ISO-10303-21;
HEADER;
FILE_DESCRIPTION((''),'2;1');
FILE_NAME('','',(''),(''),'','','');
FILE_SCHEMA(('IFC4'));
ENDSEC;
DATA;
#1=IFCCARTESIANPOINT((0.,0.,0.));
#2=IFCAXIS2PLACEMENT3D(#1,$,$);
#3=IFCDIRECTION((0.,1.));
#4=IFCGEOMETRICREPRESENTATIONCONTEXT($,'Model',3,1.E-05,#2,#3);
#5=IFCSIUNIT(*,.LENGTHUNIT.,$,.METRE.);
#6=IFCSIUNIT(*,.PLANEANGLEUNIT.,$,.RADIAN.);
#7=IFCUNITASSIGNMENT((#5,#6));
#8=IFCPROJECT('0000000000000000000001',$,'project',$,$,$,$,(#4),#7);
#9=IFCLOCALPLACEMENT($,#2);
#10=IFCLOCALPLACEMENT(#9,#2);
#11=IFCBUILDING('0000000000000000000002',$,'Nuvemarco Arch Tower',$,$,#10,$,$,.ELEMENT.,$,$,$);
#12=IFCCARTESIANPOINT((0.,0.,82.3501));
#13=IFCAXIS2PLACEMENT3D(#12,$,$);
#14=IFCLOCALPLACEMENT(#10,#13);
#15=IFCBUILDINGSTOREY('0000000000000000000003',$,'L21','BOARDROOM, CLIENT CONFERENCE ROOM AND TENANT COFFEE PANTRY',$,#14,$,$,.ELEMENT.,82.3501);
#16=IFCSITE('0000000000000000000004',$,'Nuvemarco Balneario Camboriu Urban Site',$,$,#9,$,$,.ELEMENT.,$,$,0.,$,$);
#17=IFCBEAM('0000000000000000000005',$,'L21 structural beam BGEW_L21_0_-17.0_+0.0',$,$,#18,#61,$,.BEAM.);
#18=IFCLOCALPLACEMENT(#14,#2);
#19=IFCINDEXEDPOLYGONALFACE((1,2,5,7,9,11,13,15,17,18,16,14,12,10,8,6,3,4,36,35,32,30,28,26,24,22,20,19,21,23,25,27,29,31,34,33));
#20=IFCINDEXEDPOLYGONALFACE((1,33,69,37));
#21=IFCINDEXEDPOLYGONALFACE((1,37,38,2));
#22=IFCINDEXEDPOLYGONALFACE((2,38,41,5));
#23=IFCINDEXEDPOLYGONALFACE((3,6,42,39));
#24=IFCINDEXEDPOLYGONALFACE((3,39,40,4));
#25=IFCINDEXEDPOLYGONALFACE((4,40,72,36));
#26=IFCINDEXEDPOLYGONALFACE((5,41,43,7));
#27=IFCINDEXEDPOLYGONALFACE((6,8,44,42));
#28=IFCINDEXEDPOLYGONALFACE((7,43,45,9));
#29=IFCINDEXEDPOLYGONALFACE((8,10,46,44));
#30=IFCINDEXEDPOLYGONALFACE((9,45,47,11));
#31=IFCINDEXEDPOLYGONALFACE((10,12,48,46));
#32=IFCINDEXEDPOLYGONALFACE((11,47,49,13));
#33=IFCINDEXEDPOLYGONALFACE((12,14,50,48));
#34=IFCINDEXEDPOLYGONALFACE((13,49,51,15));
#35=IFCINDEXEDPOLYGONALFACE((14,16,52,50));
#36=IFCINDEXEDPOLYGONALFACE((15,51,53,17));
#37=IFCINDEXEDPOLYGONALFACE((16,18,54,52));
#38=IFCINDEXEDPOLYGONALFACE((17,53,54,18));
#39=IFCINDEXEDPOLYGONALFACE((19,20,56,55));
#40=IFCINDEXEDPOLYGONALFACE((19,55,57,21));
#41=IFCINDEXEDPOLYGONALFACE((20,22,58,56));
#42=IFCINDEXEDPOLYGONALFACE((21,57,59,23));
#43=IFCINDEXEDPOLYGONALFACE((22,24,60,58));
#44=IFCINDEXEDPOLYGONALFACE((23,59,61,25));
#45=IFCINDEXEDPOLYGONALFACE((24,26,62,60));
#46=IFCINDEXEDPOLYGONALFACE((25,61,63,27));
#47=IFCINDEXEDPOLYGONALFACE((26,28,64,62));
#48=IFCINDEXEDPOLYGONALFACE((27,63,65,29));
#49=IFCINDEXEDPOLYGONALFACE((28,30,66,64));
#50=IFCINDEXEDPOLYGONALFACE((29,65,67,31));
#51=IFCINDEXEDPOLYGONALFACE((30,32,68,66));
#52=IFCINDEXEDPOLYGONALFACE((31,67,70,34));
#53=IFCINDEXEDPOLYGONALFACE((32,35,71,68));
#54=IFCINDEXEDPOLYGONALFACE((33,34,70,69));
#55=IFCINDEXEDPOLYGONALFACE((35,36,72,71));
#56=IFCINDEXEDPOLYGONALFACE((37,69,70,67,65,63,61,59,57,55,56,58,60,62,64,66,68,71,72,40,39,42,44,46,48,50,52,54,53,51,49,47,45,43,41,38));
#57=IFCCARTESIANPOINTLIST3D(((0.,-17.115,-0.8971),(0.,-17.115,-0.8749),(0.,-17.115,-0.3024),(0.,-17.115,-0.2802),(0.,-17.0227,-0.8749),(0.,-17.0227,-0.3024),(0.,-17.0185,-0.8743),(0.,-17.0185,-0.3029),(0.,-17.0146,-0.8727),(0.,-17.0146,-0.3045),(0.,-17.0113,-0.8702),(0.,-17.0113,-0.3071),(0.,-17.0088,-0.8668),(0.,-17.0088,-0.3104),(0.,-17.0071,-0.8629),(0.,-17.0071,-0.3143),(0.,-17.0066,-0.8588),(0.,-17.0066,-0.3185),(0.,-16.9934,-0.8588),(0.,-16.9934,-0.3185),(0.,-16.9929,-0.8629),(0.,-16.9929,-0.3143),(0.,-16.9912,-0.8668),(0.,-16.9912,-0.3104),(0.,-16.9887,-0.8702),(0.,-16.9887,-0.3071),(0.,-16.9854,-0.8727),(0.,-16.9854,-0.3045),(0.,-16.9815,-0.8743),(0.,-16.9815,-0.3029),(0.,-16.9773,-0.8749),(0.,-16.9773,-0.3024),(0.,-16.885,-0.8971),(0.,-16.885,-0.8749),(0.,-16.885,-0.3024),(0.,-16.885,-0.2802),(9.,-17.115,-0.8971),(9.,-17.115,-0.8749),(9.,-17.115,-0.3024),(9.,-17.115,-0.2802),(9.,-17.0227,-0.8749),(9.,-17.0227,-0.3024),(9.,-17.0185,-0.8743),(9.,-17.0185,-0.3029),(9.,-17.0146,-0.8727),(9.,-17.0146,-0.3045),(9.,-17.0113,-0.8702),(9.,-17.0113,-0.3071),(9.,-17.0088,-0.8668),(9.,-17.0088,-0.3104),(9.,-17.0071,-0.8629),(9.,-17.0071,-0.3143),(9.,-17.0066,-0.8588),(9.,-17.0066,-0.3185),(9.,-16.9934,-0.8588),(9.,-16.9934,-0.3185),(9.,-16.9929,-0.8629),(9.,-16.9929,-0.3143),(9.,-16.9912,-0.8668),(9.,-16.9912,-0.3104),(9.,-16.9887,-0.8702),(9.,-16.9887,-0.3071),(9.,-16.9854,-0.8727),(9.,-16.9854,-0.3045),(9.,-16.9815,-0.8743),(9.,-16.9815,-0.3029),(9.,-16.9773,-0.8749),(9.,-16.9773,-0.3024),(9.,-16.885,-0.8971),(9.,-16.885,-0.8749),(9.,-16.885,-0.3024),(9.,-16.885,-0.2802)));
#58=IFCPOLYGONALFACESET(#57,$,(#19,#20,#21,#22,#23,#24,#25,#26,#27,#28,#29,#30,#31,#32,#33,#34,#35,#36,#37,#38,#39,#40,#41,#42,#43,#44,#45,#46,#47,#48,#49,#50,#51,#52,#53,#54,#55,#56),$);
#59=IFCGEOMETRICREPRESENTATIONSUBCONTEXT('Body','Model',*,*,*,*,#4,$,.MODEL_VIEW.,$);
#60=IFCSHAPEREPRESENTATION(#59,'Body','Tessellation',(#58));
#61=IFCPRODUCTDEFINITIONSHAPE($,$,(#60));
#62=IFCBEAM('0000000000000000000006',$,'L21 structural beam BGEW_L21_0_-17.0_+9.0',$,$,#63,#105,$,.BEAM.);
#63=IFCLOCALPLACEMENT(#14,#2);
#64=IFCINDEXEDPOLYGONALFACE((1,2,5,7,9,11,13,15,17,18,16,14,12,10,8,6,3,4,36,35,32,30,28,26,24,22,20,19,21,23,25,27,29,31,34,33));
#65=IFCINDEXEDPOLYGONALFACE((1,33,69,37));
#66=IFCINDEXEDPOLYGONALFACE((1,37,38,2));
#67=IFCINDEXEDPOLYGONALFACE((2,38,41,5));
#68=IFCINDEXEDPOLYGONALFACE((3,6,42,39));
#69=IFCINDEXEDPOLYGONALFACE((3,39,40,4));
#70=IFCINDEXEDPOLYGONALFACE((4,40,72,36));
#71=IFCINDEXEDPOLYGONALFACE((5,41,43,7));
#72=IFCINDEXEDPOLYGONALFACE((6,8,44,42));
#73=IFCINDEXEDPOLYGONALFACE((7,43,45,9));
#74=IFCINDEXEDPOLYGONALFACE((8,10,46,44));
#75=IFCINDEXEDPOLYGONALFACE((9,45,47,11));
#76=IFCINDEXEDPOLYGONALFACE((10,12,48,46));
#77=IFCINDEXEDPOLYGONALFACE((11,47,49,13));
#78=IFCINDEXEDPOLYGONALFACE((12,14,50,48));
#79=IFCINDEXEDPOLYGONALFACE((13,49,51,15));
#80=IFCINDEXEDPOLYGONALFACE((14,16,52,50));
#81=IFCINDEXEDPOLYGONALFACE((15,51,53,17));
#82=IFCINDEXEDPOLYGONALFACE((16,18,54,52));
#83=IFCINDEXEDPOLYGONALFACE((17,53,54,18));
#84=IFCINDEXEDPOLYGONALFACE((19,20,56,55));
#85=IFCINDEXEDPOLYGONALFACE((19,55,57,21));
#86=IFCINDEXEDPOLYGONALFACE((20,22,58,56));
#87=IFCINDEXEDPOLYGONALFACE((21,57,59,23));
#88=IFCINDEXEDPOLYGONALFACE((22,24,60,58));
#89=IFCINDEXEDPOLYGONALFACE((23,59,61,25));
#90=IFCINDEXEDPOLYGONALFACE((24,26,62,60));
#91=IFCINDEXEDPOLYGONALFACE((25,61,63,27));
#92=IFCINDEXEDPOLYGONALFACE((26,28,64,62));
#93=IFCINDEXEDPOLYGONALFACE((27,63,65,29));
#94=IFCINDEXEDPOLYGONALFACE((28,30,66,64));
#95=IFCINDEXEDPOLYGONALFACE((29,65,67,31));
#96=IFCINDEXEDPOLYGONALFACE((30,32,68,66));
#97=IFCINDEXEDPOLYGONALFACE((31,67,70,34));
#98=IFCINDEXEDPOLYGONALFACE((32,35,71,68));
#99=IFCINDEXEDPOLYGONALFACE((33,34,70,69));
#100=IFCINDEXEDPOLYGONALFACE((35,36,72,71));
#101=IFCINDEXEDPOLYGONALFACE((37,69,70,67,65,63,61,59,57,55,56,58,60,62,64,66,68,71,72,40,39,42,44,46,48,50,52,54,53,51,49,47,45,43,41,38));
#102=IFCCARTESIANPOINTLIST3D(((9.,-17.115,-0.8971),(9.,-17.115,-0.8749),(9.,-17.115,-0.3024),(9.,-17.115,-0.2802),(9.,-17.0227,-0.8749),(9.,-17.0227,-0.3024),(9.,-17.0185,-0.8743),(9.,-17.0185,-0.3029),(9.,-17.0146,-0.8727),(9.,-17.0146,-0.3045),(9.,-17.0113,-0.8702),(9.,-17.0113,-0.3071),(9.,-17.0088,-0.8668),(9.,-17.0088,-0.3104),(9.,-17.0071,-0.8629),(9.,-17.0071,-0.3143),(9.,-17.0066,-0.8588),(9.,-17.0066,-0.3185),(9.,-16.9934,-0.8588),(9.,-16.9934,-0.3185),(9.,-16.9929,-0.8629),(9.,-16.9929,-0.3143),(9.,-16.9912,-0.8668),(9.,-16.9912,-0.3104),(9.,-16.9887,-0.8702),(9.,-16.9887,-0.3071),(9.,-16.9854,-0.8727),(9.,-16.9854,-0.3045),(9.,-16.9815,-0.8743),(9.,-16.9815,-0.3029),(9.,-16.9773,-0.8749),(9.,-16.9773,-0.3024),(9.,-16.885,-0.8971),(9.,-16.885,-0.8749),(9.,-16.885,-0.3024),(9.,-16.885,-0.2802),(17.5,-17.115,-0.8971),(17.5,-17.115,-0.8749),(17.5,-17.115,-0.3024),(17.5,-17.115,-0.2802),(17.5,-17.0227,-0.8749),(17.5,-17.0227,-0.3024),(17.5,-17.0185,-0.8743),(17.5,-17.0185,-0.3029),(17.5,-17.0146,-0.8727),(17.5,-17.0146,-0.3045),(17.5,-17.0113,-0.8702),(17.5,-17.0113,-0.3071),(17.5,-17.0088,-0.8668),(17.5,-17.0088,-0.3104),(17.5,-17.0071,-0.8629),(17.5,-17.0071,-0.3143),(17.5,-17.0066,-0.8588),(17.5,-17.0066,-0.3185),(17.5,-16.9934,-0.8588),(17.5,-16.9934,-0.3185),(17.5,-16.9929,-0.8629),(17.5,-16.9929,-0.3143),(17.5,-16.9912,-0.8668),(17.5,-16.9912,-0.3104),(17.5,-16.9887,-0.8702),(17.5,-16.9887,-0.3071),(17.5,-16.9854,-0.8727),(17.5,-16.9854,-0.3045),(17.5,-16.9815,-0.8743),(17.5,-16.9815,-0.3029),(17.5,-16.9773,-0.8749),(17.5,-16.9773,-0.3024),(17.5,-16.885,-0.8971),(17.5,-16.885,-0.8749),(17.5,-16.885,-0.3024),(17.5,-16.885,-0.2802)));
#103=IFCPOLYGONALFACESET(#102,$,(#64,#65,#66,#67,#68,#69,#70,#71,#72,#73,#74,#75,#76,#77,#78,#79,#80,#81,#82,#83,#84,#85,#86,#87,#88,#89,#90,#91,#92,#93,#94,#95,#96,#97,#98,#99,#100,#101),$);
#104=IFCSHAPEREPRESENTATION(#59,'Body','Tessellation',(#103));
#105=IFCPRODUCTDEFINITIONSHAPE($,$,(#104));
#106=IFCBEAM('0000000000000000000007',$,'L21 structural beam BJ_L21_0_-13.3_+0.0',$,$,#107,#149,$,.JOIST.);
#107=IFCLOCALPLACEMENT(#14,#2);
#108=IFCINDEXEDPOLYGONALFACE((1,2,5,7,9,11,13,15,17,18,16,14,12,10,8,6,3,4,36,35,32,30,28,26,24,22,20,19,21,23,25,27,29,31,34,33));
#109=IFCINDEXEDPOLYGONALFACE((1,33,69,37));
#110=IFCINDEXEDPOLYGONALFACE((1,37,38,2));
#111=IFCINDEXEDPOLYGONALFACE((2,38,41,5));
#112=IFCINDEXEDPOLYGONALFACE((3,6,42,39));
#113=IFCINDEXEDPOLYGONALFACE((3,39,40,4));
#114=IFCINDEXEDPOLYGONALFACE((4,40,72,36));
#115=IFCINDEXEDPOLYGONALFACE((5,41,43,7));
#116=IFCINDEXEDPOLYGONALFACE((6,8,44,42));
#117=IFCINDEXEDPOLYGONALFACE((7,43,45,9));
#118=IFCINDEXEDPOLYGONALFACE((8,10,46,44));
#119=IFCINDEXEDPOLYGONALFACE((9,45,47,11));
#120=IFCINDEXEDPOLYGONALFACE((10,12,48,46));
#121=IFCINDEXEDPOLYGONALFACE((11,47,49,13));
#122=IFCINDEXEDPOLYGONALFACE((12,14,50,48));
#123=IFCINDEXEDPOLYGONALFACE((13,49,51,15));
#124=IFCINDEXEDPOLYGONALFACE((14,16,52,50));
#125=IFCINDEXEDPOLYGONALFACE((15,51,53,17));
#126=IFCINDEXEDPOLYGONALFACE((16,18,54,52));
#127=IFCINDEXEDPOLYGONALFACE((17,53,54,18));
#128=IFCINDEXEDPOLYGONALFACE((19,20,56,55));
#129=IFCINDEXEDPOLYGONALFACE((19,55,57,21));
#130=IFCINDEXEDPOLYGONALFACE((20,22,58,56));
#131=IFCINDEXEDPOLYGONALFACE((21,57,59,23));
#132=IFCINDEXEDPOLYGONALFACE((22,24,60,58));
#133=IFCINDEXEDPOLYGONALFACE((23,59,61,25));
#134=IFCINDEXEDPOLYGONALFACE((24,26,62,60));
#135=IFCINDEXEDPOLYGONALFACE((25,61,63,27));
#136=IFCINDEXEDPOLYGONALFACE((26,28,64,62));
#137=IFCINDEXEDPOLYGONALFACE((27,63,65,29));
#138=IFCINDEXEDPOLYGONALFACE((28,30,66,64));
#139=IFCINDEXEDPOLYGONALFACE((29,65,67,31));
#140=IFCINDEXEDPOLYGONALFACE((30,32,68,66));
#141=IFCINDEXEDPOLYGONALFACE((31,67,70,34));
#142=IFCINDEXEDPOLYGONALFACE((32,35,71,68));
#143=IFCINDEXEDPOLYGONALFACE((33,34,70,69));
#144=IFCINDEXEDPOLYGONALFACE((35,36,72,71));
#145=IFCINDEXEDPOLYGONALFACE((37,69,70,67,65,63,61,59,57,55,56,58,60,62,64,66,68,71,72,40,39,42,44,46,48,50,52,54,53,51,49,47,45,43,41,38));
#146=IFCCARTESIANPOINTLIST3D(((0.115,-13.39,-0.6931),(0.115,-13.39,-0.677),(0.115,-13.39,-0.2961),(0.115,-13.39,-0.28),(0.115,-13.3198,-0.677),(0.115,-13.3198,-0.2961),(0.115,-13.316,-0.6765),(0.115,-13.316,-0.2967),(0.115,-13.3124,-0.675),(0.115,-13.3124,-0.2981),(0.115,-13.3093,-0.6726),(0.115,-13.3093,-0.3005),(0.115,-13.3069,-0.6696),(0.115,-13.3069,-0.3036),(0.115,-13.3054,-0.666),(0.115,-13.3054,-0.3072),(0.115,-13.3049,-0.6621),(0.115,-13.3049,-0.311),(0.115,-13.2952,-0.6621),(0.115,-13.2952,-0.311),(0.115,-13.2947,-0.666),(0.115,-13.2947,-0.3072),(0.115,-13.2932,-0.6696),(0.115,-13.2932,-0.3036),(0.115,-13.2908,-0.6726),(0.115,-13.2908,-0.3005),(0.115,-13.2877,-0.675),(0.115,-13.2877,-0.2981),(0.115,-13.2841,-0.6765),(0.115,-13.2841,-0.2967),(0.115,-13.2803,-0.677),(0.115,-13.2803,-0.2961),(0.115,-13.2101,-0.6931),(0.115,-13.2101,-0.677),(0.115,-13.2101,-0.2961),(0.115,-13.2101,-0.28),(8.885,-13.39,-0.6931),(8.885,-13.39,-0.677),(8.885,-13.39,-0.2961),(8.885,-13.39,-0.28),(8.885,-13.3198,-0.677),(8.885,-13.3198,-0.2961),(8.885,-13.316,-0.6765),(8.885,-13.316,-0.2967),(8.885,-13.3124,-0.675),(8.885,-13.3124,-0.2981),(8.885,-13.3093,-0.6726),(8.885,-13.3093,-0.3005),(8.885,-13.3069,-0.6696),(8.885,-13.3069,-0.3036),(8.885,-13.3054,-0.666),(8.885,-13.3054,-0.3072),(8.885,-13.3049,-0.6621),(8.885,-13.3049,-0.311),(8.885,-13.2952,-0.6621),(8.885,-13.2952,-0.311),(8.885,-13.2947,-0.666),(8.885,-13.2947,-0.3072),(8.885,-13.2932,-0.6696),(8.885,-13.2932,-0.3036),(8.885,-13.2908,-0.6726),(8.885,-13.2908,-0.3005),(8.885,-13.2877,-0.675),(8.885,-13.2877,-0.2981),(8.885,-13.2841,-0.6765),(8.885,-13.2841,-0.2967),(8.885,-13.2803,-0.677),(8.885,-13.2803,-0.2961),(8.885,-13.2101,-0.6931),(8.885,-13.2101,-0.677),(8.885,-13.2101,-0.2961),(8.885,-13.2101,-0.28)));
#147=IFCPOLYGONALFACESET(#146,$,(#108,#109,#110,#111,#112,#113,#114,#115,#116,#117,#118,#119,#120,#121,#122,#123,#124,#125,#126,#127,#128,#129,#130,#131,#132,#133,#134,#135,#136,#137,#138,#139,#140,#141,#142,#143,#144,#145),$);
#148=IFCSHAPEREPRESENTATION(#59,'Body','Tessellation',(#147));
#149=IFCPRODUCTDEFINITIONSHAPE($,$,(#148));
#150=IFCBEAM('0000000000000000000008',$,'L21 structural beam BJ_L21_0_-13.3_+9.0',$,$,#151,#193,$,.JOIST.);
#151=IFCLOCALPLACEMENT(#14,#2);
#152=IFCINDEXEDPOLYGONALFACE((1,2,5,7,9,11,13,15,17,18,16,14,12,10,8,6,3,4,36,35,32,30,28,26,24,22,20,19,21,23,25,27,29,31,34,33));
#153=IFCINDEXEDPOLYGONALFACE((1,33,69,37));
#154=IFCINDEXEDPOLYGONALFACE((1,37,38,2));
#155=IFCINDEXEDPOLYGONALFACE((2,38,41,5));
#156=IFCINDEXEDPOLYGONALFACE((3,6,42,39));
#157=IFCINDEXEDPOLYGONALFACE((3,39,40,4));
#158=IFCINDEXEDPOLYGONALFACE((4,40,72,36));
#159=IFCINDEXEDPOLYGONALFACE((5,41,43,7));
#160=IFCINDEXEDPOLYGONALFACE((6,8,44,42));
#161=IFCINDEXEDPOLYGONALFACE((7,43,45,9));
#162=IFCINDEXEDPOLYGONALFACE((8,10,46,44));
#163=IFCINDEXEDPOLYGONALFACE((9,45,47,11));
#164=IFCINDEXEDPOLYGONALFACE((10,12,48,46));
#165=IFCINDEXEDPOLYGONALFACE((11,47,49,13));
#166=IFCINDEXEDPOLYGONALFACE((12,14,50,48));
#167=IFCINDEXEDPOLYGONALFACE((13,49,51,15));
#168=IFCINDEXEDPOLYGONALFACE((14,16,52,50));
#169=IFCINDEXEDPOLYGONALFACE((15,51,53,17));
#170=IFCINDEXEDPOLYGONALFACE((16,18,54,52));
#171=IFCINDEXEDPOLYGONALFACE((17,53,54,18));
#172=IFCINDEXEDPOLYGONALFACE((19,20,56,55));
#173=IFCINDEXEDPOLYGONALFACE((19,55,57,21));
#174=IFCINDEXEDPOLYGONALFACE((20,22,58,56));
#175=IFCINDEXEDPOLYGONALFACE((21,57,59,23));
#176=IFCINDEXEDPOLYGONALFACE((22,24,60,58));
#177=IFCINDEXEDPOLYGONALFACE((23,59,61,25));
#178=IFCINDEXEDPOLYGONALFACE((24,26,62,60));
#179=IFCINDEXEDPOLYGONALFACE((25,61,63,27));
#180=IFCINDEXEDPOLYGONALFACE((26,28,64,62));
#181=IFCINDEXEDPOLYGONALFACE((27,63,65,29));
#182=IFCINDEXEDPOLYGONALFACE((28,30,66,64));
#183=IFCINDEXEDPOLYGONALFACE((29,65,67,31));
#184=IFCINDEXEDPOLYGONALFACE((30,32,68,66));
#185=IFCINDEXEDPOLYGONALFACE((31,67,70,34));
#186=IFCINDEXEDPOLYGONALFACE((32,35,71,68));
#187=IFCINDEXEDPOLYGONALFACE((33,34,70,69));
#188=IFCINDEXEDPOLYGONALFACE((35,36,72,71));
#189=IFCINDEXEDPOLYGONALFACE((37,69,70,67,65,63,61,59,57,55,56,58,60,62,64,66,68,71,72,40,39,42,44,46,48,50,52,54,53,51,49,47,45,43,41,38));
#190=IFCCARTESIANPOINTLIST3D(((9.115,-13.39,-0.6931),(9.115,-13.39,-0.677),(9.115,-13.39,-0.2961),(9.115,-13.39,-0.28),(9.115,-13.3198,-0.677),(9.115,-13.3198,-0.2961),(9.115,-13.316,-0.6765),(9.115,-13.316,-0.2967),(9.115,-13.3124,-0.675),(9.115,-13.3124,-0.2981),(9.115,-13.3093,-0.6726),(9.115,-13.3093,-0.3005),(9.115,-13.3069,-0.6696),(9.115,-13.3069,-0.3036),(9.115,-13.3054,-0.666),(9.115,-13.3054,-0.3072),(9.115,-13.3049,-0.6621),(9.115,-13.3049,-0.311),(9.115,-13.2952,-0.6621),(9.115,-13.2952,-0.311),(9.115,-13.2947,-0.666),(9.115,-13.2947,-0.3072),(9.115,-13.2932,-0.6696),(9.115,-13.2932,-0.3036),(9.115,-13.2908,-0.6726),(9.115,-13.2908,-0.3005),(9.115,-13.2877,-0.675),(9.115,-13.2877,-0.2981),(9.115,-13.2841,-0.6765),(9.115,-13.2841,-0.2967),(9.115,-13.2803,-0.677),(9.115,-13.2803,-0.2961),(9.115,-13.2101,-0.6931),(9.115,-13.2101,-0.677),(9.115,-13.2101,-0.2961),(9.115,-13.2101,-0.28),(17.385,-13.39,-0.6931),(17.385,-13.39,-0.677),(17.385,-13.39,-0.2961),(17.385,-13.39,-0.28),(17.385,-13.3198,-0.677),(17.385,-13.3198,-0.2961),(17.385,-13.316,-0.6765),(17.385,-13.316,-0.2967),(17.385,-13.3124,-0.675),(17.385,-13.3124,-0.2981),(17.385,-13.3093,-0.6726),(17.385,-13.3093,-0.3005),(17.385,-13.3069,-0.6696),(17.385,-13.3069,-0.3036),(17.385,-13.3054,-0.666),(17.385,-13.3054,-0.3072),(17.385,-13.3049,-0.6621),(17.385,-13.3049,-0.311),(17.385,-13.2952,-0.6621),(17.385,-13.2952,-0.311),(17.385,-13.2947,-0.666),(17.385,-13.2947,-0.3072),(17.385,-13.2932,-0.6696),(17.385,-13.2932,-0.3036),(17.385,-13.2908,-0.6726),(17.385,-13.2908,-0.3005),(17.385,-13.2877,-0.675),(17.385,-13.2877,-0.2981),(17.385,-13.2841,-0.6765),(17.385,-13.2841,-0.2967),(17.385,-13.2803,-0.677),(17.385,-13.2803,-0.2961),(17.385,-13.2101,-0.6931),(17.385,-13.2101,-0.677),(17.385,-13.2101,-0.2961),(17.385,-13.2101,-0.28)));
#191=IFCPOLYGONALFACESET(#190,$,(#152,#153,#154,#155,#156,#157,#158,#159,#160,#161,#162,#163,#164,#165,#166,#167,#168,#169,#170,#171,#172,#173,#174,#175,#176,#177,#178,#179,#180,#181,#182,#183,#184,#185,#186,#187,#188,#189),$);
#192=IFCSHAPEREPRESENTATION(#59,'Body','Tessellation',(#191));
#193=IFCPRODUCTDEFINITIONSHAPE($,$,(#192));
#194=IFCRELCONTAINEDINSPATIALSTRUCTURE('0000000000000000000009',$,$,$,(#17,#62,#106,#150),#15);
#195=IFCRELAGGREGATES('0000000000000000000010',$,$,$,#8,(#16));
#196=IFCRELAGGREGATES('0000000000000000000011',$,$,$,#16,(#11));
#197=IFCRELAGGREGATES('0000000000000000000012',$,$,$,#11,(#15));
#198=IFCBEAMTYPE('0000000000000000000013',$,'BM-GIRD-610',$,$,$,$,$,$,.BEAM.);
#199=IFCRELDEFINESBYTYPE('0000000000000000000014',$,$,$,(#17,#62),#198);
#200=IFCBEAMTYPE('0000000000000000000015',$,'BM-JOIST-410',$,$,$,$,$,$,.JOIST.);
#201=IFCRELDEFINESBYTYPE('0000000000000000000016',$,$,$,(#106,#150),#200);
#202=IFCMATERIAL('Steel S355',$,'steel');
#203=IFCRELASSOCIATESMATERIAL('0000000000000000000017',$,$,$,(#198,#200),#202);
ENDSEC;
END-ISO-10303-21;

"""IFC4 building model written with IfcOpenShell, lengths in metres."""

from ifc_helpers import new_model, si_unit, direction, frame, origin, origin_2d, place, context, subcontext, project, spatial, i_section, extrude, material, material_profile, profile_set, type_object, element, save


model = new_model("IFC4")

# Units and contexts
model_context = context("Model", 3, precision=1e-05, world=origin(), true_north=direction((0.0, 1.0)))
body_context = subcontext(model_context, "Body", "Model", "MODEL_VIEW")
ifc_project = project(units=[si_unit("LENGTHUNIT", "METRE"), si_unit("PLANEANGLEUNIT", "RADIAN")], contexts=[model_context])

# Site, building, storey
site_placement = place(None, origin())
site = spatial("IfcSite", under=ifc_project, at=site_placement, Name="Nuvemarco Balneario Camboriu Urban Site", CompositionType="ELEMENT", RefElevation=0.0)
building_placement = place(site_placement, origin())
building = spatial("IfcBuilding", under=site, at=building_placement, Name="Nuvemarco Arch Tower", CompositionType="ELEMENT")
storey_placement = place(building_placement, frame((0.0, 0.0, 82.3501)))
storey = spatial("IfcBuildingStorey", under=building, at=storey_placement, Name="L21", Description="BOARDROOM, CLIENT CONFERENCE ROOM AND TENANT COFFEE PANTRY", CompositionType="ELEMENT", Elevation=82.3501)

# Shared definitions
ifc_material_1 = material(Name="Steel S355", Category="steel")

# Beams
ifc_material_profile_1 = material_profile(ifc_material_1, i_section(OverallWidth=0.23, OverallDepth=0.6169, WebThickness=0.0132, FlangeThickness=0.0222, FilletRadius=0.0161, at=origin_2d()), Name="W610x140")
ifc_profile_set_1 = profile_set([ifc_material_profile_1], Name="Steel S355")
beam_type_1 = type_object("IfcBeamType", Name="BM-GIRD-610", PredefinedType="BEAM", material=ifc_profile_set_1)
beam_1_placement = place(storey_placement, frame((0.0, -17.0, -0.5886), z_axis=(1.0, 0.0, 0.0), x_axis=(0.0, 1.0, 0.0)))
element("IfcBeam", 1, at=beam_1_placement, inside=storey, type_object=beam_type_1, Name="L21 structural beam BGEW_L21_0_-17.0_+0.0", PredefinedType="BEAM", context=body_context, shape_type="SweptSolid", body=[
    extrude(i_section(OverallWidth=0.23, OverallDepth=0.6169, WebThickness=0.0132, FlangeThickness=0.0222, FilletRadius=0.0161, at=origin_2d()), origin(), (0.0, 0.0, 1.0), 9.0),
])
beam_2_placement = place(storey_placement, frame((9.0, -17.0, -0.5886), z_axis=(1.0, 0.0, 0.0), x_axis=(0.0, 1.0, 0.0)))
element("IfcBeam", 2, at=beam_2_placement, inside=storey, type_object=beam_type_1, Name="L21 structural beam BGEW_L21_0_-17.0_+9.0", PredefinedType="BEAM", context=body_context, shape_type="SweptSolid", body=[
    extrude(i_section(OverallWidth=0.23, OverallDepth=0.6169, WebThickness=0.0132, FlangeThickness=0.0222, FilletRadius=0.0161, at=origin_2d()), origin(), (0.0, 0.0, 1.0), 8.5),
])
ifc_material_profile_2 = material_profile(ifc_material_1, i_section(OverallWidth=0.1799, OverallDepth=0.4131, WebThickness=0.0098, FlangeThickness=0.0161, FilletRadius=0.0149, at=origin_2d()), Name="W410x75")
ifc_profile_set_2 = profile_set([ifc_material_profile_2], Name="Steel S355")
beam_type_2 = type_object("IfcBeamType", Name="BM-JOIST-410", PredefinedType="JOIST", material=ifc_profile_set_2)
beam_3_placement = place(storey_placement, frame((0.115, -13.3, -0.4866), z_axis=(1.0, 0.0, 0.0), x_axis=(0.0, 1.0, 0.0)))
element("IfcBeam", 3, at=beam_3_placement, inside=storey, type_object=beam_type_2, Name="L21 structural beam BJ_L21_0_-13.3_+0.0", PredefinedType="JOIST", context=body_context, shape_type="SweptSolid", body=[
    extrude(i_section(OverallWidth=0.1799, OverallDepth=0.4131, WebThickness=0.0098, FlangeThickness=0.0161, FilletRadius=0.0149, at=origin_2d()), origin(), (0.0, 0.0, 1.0), 8.77),
])
beam_4_placement = place(storey_placement, frame((9.115, -13.3, -0.4866), z_axis=(1.0, 0.0, 0.0), x_axis=(0.0, 1.0, 0.0)))
element("IfcBeam", 4, at=beam_4_placement, inside=storey, type_object=beam_type_2, Name="L21 structural beam BJ_L21_0_-13.3_+9.0", PredefinedType="JOIST", context=body_context, shape_type="SweptSolid", body=[
    extrude(i_section(OverallWidth=0.1799, OverallDepth=0.4131, WebThickness=0.0098, FlangeThickness=0.0161, FilletRadius=0.0149, at=origin_2d()), origin(), (0.0, 0.0, 1.0), 8.27),
])

save(model, "model.ifc")
